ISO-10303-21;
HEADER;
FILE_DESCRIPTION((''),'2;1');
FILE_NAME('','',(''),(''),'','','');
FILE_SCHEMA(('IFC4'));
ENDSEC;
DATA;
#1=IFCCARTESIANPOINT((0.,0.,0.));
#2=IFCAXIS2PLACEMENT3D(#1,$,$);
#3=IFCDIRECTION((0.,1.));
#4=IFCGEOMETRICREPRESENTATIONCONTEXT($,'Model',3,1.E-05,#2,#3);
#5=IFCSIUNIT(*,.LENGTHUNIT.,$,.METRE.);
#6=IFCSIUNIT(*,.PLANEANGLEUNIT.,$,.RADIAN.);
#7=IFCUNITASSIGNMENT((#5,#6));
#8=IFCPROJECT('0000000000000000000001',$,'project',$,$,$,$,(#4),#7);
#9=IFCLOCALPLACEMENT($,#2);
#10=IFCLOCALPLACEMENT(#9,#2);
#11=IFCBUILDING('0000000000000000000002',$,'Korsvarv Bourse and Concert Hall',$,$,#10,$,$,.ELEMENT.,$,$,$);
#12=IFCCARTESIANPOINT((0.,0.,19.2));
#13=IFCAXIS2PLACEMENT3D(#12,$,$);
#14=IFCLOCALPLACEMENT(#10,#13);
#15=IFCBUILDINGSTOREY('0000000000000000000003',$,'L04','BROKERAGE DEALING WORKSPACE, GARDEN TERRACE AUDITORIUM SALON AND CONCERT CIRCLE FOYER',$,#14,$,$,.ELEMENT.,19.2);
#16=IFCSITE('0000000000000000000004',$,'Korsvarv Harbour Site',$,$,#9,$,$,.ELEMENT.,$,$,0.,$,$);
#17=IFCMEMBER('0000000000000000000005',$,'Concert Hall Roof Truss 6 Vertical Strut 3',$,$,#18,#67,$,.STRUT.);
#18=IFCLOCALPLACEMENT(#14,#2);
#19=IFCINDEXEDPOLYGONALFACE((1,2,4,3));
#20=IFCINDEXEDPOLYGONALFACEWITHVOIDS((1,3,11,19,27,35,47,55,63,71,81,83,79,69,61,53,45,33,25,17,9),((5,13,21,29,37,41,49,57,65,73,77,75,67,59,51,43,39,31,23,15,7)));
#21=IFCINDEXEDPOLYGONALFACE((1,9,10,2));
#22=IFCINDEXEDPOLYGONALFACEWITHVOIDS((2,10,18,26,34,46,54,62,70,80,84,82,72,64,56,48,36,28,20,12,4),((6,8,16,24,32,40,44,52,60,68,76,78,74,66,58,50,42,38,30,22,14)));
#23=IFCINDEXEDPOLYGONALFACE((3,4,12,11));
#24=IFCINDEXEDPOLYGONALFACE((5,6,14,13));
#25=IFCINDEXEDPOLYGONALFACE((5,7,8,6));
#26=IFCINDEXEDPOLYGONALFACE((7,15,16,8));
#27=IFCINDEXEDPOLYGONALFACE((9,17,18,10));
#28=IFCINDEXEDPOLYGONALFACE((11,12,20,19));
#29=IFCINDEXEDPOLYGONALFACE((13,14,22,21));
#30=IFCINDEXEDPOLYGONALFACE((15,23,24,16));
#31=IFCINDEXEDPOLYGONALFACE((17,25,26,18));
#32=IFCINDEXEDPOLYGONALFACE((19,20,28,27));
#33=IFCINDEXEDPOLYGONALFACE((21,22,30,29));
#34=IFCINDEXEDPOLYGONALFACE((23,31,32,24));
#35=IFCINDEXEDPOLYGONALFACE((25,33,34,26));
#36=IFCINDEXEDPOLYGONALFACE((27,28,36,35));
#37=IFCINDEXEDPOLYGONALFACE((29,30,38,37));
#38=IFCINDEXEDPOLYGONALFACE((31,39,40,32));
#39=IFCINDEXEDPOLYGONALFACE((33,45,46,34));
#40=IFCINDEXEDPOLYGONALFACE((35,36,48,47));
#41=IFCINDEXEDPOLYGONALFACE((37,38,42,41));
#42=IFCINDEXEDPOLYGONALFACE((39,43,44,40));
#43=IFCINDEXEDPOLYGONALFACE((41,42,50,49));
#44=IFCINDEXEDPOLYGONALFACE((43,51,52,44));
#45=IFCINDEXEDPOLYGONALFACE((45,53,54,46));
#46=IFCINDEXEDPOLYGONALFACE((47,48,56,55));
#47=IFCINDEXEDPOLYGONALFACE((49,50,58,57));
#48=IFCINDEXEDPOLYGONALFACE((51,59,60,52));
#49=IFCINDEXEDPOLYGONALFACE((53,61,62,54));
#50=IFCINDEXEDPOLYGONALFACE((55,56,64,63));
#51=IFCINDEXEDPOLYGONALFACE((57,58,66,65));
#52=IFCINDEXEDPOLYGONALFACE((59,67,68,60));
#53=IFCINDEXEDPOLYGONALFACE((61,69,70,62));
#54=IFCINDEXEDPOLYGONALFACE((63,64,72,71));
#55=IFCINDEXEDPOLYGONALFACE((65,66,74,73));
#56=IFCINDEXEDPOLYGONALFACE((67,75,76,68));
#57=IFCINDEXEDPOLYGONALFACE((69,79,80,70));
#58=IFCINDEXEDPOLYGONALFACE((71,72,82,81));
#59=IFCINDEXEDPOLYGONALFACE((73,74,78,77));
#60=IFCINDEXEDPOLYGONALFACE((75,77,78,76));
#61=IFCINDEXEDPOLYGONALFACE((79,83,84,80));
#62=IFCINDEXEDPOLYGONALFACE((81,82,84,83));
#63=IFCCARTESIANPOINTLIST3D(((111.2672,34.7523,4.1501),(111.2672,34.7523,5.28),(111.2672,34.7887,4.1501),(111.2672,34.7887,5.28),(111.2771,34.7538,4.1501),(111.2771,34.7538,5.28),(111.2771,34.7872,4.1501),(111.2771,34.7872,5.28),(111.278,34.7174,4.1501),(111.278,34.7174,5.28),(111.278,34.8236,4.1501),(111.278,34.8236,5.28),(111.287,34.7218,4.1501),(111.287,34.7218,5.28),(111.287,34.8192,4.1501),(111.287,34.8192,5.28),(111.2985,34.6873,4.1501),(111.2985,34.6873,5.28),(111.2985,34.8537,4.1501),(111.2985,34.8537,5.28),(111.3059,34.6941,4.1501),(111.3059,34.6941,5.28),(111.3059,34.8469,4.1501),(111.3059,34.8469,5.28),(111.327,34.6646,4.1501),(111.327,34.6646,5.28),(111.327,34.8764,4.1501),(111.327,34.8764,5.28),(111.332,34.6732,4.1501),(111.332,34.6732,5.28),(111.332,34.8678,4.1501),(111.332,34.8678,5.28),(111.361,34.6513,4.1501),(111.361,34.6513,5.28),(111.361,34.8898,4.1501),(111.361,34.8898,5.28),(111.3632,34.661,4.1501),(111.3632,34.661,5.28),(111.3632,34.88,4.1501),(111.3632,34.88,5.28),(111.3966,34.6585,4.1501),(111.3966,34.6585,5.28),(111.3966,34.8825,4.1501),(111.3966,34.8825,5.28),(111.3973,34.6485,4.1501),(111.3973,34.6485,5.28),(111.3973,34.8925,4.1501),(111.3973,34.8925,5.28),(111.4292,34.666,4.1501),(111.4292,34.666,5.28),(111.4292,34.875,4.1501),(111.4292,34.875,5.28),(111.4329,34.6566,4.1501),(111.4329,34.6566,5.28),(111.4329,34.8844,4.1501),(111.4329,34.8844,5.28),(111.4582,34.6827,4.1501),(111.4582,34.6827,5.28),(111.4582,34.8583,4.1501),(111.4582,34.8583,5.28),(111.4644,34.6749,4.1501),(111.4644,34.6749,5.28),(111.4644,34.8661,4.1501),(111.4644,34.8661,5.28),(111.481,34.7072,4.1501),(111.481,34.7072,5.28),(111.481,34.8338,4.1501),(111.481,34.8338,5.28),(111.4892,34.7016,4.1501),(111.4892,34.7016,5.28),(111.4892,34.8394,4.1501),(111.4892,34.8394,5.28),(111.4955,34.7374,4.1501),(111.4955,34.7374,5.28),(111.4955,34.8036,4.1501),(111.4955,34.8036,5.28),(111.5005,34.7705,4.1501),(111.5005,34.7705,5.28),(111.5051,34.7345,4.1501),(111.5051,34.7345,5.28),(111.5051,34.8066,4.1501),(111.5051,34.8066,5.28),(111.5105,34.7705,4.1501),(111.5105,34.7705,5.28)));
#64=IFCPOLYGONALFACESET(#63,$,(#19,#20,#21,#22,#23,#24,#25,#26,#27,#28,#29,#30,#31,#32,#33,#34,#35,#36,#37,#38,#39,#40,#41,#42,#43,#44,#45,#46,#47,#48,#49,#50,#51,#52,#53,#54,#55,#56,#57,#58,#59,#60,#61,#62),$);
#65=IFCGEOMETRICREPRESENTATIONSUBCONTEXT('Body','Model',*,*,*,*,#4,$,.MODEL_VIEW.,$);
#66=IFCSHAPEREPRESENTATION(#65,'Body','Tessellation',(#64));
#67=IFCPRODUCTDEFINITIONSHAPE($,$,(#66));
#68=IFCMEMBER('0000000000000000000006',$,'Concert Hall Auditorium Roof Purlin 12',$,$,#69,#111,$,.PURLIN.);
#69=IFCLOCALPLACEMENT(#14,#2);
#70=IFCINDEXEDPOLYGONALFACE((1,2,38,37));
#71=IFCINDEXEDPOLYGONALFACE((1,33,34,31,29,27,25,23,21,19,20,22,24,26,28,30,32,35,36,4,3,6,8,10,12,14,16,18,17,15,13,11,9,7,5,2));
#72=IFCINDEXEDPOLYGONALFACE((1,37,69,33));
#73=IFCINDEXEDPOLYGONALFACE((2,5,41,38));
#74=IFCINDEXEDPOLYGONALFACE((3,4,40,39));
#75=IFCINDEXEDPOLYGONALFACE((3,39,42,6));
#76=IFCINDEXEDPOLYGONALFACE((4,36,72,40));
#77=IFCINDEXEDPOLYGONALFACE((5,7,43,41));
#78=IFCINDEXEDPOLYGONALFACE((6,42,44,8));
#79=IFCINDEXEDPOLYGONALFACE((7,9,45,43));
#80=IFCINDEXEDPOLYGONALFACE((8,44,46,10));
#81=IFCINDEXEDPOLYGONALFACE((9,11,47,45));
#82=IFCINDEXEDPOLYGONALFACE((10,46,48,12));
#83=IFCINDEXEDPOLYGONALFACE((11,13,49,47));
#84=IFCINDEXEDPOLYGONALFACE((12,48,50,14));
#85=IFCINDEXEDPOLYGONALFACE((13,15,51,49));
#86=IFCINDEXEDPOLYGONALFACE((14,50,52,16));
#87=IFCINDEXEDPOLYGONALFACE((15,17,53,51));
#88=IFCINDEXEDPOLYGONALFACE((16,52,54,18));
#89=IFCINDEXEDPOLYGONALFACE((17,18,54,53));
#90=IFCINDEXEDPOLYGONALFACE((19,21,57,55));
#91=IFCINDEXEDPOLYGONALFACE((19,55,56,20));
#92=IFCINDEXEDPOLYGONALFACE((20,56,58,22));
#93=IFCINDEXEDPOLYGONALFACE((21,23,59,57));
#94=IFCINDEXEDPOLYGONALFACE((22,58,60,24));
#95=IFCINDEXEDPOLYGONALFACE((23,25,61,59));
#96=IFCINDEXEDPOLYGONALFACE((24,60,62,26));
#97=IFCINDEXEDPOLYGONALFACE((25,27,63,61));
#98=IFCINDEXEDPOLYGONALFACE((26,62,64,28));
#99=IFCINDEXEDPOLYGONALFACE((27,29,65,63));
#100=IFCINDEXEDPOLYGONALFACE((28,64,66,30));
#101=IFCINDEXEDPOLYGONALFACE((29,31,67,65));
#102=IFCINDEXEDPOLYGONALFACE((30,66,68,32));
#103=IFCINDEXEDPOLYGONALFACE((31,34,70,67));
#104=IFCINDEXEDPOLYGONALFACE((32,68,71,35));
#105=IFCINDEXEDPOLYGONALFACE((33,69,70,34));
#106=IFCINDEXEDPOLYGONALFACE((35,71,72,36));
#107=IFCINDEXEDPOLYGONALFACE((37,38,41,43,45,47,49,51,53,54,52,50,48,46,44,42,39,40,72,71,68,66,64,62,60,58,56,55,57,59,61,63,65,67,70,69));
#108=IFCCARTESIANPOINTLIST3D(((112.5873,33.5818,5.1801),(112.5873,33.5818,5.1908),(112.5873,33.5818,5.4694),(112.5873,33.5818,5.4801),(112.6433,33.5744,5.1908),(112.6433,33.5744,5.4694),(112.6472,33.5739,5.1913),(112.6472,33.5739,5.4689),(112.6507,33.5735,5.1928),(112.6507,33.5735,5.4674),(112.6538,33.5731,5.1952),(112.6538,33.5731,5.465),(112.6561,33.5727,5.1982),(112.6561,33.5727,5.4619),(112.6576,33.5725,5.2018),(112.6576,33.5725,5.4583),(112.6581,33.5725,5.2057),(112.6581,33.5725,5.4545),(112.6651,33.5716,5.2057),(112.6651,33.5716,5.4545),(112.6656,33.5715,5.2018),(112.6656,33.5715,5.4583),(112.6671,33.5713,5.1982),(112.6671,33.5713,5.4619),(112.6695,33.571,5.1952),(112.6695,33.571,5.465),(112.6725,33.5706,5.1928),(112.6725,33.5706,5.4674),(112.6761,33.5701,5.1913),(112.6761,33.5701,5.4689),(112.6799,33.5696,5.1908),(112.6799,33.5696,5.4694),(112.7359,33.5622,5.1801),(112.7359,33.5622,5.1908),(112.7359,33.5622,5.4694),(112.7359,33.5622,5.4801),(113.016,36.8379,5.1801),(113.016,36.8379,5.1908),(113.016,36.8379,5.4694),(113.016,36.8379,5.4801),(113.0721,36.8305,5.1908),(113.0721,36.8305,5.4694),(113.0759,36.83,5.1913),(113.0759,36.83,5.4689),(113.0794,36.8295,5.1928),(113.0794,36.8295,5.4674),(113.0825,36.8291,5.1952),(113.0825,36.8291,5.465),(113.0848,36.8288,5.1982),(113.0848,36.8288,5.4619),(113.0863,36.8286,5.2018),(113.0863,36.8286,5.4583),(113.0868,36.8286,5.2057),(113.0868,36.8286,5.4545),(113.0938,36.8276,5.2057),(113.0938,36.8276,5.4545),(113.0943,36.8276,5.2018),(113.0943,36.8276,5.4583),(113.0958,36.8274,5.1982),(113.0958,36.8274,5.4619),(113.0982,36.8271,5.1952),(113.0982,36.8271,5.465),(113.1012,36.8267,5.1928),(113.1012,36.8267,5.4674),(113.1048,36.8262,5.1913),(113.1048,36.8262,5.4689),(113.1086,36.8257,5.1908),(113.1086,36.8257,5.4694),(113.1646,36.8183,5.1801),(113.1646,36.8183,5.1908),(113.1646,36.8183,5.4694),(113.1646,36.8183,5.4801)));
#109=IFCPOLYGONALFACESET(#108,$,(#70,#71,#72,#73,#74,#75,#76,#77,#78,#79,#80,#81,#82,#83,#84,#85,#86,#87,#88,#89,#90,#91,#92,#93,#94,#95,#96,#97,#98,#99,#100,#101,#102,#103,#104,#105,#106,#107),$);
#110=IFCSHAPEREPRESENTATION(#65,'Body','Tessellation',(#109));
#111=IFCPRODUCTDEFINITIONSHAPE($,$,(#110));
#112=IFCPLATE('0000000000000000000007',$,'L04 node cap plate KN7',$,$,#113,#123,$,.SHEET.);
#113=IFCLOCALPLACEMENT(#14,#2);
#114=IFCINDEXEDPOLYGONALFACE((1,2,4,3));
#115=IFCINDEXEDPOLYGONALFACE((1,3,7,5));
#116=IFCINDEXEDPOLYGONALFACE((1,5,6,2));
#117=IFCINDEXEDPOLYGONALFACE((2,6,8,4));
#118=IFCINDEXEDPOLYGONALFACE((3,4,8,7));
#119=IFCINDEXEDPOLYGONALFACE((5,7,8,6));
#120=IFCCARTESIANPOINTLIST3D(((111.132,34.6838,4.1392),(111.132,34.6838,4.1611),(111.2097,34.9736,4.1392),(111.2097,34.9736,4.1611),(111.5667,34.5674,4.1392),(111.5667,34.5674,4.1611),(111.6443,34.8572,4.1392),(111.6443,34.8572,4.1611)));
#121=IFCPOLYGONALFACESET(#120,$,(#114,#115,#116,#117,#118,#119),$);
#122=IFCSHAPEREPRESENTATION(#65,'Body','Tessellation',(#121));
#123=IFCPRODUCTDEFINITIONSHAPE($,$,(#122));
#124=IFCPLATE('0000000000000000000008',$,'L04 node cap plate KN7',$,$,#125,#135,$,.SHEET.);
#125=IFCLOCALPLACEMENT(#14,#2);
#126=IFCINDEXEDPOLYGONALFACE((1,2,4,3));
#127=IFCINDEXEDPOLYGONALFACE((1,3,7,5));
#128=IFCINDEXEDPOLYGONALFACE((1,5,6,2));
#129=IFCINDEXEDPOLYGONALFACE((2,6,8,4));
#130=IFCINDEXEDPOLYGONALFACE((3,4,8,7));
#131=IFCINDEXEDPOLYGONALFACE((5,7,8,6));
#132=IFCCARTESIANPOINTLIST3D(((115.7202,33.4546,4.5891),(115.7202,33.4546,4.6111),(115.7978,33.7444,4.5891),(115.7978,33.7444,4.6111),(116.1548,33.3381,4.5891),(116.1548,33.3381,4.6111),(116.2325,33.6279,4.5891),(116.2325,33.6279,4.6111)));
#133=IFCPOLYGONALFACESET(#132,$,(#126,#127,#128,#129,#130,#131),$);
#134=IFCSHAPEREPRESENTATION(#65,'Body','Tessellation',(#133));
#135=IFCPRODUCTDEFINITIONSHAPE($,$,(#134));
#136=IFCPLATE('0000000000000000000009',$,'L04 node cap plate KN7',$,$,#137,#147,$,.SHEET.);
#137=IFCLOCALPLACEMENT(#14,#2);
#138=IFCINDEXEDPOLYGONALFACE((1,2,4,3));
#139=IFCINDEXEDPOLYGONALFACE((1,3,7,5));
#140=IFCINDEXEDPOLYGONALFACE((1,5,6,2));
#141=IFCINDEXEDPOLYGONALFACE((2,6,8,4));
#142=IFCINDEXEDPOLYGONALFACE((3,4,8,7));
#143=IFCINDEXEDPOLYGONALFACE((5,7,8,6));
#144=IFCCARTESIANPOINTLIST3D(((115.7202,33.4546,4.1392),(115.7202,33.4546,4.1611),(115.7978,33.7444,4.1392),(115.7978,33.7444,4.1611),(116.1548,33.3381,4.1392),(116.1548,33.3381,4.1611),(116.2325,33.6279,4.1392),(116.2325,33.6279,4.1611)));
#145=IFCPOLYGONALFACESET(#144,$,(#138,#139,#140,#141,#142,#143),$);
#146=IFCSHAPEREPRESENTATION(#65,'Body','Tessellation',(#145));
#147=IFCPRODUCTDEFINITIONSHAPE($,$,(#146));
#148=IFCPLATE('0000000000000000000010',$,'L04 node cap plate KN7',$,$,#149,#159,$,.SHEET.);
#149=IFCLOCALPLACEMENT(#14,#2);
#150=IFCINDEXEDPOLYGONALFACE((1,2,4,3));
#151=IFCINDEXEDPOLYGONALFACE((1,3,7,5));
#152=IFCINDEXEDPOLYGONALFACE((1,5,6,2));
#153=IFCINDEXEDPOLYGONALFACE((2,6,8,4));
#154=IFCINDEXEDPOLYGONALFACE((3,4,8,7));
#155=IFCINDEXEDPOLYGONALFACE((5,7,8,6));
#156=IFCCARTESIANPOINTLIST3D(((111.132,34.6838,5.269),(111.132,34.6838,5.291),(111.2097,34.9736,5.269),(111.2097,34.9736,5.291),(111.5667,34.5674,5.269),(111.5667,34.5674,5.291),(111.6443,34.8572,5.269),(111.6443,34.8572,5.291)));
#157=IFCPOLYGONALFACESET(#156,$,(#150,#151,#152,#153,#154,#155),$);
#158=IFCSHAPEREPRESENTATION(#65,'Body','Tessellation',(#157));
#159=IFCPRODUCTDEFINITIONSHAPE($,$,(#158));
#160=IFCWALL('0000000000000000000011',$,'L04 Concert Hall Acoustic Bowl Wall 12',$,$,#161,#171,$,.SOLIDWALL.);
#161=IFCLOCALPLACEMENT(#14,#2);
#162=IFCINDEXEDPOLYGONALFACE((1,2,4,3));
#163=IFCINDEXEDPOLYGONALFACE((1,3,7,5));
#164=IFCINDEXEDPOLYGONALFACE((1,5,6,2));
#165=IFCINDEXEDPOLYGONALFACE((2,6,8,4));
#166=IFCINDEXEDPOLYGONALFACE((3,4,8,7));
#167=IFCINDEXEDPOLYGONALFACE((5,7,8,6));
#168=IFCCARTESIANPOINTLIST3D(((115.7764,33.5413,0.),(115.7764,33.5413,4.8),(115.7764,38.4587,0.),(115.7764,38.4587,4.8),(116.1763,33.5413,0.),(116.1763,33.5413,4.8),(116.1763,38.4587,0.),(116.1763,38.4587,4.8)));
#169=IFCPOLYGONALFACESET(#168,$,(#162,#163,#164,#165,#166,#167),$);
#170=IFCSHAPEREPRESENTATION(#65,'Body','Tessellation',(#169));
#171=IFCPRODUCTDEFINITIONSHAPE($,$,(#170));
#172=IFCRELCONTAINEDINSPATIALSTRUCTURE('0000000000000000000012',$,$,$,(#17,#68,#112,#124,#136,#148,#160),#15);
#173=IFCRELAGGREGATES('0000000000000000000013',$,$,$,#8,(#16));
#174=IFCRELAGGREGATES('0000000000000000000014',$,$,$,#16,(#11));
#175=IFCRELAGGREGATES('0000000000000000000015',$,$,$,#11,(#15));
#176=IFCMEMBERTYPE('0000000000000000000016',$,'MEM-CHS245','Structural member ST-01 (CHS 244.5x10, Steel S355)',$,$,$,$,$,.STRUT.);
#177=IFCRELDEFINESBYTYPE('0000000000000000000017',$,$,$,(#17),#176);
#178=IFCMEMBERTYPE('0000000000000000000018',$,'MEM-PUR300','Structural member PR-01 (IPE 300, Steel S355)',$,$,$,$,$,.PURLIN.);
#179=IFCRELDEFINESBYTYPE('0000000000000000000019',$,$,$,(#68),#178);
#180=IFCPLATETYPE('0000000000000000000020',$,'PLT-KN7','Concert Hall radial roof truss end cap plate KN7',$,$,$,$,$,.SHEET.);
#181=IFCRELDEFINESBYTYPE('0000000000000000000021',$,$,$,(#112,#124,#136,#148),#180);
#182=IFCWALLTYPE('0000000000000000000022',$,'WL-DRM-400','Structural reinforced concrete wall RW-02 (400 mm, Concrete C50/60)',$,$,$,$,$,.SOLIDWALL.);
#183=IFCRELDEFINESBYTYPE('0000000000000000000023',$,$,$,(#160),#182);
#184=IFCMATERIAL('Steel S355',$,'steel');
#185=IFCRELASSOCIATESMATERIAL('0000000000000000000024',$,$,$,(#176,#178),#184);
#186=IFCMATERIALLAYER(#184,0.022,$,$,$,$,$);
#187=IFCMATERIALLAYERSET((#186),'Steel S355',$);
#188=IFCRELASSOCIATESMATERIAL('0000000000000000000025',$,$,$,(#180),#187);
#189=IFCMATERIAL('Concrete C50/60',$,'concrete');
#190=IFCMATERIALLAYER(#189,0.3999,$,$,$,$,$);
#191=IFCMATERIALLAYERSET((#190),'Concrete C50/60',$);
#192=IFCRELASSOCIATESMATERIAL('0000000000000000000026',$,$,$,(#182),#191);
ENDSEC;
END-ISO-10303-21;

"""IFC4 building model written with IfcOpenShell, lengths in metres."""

from ifc_helpers import new_model, si_unit, direction, frame, frame_2d, origin, origin_2d, place, context, subcontext, project, spatial, rectangle, hollow_circle, i_section, extrude, source, transform, mapped, material, layer, layer_set, material_profile, profile_set, type_object, element, save


model = new_model("IFC4")

# Units and contexts
model_context = context("Model", 3, precision=1e-05, world=origin(), true_north=direction((0.0, 1.0)))
body_context = subcontext(model_context, "Body", "Model", "MODEL_VIEW")
ifc_project = project(units=[si_unit("LENGTHUNIT", "METRE"), si_unit("PLANEANGLEUNIT", "RADIAN")], contexts=[model_context])

# Site, building, storey
site_placement = place(None, origin())
site = spatial("IfcSite", under=ifc_project, at=site_placement, Name="Korsvarv Harbour Site", CompositionType="ELEMENT", RefElevation=0.0)
building_placement = place(site_placement, origin())
building = spatial("IfcBuilding", under=site, at=building_placement, Name="Korsvarv Bourse and Concert Hall", CompositionType="ELEMENT")
storey_placement = place(building_placement, frame((0.0, 0.0, 19.2)))
storey = spatial("IfcBuildingStorey", under=building, at=storey_placement, Name="L04", Description="BROKERAGE DEALING WORKSPACE, GARDEN TERRACE AUDITORIUM SALON AND CONCERT CIRCLE FOYER", CompositionType="ELEMENT", Elevation=19.2)

# Shared definitions
ifc_material_1 = material(Name="Concrete C50/60", Category="concrete")

# Shared definitions
ifc_material_2 = material(Name="Steel S355", Category="steel")

# Members
ifc_material_profile_1 = material_profile(ifc_material_2, hollow_circle(Radius=0.1223, WallThickness=0.01, at=origin_2d()), Name="CHS 244.5x10")
ifc_profile_set_1 = profile_set([ifc_material_profile_1], Name="Steel S355")
member_type_1 = type_object("IfcMemberType", Name="MEM-CHS245", Description="Structural member ST-01 (CHS 244.5x10, Steel S355)", PredefinedType="STRUT", material=ifc_profile_set_1)
shared_shape_1 = source(origin(), body_context, "Body", "SweptSolid", [
    extrude(hollow_circle(Radius=0.1223, WallThickness=0.01, at=origin_2d()), origin(), (0.0, 0.0, 1.0), 1.1299),
])
member_1_placement = place(storey_placement, frame((111.3882, 34.7705, 4.1501), z_axis=(0.0, 0.0, 1.0), x_axis=(1.0, 0.0, 0.0)))
element("IfcMember", 1, at=member_1_placement, inside=storey, type_object=member_type_1, Name="Concert Hall Roof Truss 6 Vertical Strut 3", PredefinedType="STRUT", context=body_context, shape_type="MappedRepresentation", body=[
    mapped(shared_shape_1, transform((0.0, 0.0, 0.0), scale=1.0)),
])
ifc_material_profile_2 = material_profile(ifc_material_2, i_section(OverallWidth=0.1499, OverallDepth=0.3, WebThickness=0.0071, FlangeThickness=0.0107, FilletRadius=0.0149, at=origin_2d()), Name="IPE 300")
ifc_profile_set_2 = profile_set([ifc_material_profile_2], Name="Steel S355")
member_type_2 = type_object("IfcMemberType", Name="MEM-PUR300", Description="Structural member PR-01 (IPE 300, Steel S355)", PredefinedType="PURLIN", material=ifc_profile_set_2)
shared_shape_2 = source(origin(), body_context, "Body", "SweptSolid", [
    extrude(i_section(OverallWidth=0.1499, OverallDepth=0.3, WebThickness=0.0071, FlangeThickness=0.0107, FilletRadius=0.0149, at=origin_2d()), origin(), (0.0, 0.0, 1.0), 3.2842),
])
member_2_placement = place(storey_placement, frame((112.6616, 33.572, 5.3301), z_axis=(0.130537, 0.991443, 0.0), x_axis=(-0.991443, 0.130537, 0.0)))
element("IfcMember", 2, at=member_2_placement, inside=storey, type_object=member_type_2, Name="Concert Hall Auditorium Roof Purlin 12", PredefinedType="PURLIN", context=body_context, shape_type="MappedRepresentation", body=[
    mapped(shared_shape_2, transform((0.0, 0.0, 0.0), scale=1.0)),
])

# Plates
ifc_layer_1 = layer(ifc_material_2, 0.022)
ifc_layer_set_1 = layer_set([ifc_layer_1], Name="Steel S355")
plate_type = type_object("IfcPlateType", Name="PLT-KN7", Description="Concert Hall radial roof truss end cap plate KN7", PredefinedType="SHEET", material=ifc_layer_set_1)
shared_shape_3 = source(origin(), body_context, "Body", "SweptSolid", [
    extrude(rectangle(XDim=0.45, YDim=0.3, at=origin_2d()), origin(), (0.0, 0.0, 1.0), 0.022),
])
for number, where, z_axis, x_axis, name in (
    (3, (111.3882, 34.7705, 4.1392), (0.0, 0.0, 1.0), (-0.965926, 0.258819, 0.0), "L04 node cap plate KN7"),
    (4, (115.9763, 33.5413, 4.5891), (0.0, 0.0, 1.0), (-0.965926, 0.258819, 0.0), "L04 node cap plate KN7"),
    (5, (115.9763, 33.5413, 4.1392), (0.0, 0.0, 1.0), (-0.965926, 0.258819, 0.0), "L04 node cap plate KN7"),
    (6, (111.3882, 34.7705, 5.269), (0.0, 0.0, 1.0), (-0.965926, 0.258819, 0.0), "L04 node cap plate KN7"),
):
    element("IfcPlate", number, at=place(storey_placement, frame(where, z_axis=z_axis, x_axis=x_axis)), inside=storey, type_object=plate_type, Name=name, PredefinedType="SHEET", context=body_context, shape_type="MappedRepresentation", body=[
        mapped(shared_shape_3, transform((0.0, 0.0, 0.0), scale=1.0)),
    ])

# Wall
ifc_layer_2 = layer(ifc_material_1, 0.3999)
ifc_layer_set_2 = layer_set([ifc_layer_2], Name="Concrete C50/60")
wall_type_1 = type_object("IfcWallType", Name="WL-DRM-400", Description="Structural reinforced concrete wall RW-02 (400 mm, Concrete C50/60)", PredefinedType="SOLIDWALL", material=ifc_layer_set_2)
wall_1_placement = place(storey_placement, frame((115.9763, 33.5413, 0.0), z_axis=(0.0, 0.0, 1.0), x_axis=(0.0, 1.0, 0.0)))
element("IfcWall", 7, at=wall_1_placement, inside=storey, type_object=wall_type_1, Name="L04 Concert Hall Acoustic Bowl Wall 12", PredefinedType="SOLIDWALL", context=body_context, shape_type="SweptSolid", body=[
    extrude(rectangle(XDim=4.9175, YDim=0.3999, at=frame_2d((2.4587, 0.0))), origin(), (0.0, 0.0, 1.0), 4.8),
])

save(model, "model.ifc")
